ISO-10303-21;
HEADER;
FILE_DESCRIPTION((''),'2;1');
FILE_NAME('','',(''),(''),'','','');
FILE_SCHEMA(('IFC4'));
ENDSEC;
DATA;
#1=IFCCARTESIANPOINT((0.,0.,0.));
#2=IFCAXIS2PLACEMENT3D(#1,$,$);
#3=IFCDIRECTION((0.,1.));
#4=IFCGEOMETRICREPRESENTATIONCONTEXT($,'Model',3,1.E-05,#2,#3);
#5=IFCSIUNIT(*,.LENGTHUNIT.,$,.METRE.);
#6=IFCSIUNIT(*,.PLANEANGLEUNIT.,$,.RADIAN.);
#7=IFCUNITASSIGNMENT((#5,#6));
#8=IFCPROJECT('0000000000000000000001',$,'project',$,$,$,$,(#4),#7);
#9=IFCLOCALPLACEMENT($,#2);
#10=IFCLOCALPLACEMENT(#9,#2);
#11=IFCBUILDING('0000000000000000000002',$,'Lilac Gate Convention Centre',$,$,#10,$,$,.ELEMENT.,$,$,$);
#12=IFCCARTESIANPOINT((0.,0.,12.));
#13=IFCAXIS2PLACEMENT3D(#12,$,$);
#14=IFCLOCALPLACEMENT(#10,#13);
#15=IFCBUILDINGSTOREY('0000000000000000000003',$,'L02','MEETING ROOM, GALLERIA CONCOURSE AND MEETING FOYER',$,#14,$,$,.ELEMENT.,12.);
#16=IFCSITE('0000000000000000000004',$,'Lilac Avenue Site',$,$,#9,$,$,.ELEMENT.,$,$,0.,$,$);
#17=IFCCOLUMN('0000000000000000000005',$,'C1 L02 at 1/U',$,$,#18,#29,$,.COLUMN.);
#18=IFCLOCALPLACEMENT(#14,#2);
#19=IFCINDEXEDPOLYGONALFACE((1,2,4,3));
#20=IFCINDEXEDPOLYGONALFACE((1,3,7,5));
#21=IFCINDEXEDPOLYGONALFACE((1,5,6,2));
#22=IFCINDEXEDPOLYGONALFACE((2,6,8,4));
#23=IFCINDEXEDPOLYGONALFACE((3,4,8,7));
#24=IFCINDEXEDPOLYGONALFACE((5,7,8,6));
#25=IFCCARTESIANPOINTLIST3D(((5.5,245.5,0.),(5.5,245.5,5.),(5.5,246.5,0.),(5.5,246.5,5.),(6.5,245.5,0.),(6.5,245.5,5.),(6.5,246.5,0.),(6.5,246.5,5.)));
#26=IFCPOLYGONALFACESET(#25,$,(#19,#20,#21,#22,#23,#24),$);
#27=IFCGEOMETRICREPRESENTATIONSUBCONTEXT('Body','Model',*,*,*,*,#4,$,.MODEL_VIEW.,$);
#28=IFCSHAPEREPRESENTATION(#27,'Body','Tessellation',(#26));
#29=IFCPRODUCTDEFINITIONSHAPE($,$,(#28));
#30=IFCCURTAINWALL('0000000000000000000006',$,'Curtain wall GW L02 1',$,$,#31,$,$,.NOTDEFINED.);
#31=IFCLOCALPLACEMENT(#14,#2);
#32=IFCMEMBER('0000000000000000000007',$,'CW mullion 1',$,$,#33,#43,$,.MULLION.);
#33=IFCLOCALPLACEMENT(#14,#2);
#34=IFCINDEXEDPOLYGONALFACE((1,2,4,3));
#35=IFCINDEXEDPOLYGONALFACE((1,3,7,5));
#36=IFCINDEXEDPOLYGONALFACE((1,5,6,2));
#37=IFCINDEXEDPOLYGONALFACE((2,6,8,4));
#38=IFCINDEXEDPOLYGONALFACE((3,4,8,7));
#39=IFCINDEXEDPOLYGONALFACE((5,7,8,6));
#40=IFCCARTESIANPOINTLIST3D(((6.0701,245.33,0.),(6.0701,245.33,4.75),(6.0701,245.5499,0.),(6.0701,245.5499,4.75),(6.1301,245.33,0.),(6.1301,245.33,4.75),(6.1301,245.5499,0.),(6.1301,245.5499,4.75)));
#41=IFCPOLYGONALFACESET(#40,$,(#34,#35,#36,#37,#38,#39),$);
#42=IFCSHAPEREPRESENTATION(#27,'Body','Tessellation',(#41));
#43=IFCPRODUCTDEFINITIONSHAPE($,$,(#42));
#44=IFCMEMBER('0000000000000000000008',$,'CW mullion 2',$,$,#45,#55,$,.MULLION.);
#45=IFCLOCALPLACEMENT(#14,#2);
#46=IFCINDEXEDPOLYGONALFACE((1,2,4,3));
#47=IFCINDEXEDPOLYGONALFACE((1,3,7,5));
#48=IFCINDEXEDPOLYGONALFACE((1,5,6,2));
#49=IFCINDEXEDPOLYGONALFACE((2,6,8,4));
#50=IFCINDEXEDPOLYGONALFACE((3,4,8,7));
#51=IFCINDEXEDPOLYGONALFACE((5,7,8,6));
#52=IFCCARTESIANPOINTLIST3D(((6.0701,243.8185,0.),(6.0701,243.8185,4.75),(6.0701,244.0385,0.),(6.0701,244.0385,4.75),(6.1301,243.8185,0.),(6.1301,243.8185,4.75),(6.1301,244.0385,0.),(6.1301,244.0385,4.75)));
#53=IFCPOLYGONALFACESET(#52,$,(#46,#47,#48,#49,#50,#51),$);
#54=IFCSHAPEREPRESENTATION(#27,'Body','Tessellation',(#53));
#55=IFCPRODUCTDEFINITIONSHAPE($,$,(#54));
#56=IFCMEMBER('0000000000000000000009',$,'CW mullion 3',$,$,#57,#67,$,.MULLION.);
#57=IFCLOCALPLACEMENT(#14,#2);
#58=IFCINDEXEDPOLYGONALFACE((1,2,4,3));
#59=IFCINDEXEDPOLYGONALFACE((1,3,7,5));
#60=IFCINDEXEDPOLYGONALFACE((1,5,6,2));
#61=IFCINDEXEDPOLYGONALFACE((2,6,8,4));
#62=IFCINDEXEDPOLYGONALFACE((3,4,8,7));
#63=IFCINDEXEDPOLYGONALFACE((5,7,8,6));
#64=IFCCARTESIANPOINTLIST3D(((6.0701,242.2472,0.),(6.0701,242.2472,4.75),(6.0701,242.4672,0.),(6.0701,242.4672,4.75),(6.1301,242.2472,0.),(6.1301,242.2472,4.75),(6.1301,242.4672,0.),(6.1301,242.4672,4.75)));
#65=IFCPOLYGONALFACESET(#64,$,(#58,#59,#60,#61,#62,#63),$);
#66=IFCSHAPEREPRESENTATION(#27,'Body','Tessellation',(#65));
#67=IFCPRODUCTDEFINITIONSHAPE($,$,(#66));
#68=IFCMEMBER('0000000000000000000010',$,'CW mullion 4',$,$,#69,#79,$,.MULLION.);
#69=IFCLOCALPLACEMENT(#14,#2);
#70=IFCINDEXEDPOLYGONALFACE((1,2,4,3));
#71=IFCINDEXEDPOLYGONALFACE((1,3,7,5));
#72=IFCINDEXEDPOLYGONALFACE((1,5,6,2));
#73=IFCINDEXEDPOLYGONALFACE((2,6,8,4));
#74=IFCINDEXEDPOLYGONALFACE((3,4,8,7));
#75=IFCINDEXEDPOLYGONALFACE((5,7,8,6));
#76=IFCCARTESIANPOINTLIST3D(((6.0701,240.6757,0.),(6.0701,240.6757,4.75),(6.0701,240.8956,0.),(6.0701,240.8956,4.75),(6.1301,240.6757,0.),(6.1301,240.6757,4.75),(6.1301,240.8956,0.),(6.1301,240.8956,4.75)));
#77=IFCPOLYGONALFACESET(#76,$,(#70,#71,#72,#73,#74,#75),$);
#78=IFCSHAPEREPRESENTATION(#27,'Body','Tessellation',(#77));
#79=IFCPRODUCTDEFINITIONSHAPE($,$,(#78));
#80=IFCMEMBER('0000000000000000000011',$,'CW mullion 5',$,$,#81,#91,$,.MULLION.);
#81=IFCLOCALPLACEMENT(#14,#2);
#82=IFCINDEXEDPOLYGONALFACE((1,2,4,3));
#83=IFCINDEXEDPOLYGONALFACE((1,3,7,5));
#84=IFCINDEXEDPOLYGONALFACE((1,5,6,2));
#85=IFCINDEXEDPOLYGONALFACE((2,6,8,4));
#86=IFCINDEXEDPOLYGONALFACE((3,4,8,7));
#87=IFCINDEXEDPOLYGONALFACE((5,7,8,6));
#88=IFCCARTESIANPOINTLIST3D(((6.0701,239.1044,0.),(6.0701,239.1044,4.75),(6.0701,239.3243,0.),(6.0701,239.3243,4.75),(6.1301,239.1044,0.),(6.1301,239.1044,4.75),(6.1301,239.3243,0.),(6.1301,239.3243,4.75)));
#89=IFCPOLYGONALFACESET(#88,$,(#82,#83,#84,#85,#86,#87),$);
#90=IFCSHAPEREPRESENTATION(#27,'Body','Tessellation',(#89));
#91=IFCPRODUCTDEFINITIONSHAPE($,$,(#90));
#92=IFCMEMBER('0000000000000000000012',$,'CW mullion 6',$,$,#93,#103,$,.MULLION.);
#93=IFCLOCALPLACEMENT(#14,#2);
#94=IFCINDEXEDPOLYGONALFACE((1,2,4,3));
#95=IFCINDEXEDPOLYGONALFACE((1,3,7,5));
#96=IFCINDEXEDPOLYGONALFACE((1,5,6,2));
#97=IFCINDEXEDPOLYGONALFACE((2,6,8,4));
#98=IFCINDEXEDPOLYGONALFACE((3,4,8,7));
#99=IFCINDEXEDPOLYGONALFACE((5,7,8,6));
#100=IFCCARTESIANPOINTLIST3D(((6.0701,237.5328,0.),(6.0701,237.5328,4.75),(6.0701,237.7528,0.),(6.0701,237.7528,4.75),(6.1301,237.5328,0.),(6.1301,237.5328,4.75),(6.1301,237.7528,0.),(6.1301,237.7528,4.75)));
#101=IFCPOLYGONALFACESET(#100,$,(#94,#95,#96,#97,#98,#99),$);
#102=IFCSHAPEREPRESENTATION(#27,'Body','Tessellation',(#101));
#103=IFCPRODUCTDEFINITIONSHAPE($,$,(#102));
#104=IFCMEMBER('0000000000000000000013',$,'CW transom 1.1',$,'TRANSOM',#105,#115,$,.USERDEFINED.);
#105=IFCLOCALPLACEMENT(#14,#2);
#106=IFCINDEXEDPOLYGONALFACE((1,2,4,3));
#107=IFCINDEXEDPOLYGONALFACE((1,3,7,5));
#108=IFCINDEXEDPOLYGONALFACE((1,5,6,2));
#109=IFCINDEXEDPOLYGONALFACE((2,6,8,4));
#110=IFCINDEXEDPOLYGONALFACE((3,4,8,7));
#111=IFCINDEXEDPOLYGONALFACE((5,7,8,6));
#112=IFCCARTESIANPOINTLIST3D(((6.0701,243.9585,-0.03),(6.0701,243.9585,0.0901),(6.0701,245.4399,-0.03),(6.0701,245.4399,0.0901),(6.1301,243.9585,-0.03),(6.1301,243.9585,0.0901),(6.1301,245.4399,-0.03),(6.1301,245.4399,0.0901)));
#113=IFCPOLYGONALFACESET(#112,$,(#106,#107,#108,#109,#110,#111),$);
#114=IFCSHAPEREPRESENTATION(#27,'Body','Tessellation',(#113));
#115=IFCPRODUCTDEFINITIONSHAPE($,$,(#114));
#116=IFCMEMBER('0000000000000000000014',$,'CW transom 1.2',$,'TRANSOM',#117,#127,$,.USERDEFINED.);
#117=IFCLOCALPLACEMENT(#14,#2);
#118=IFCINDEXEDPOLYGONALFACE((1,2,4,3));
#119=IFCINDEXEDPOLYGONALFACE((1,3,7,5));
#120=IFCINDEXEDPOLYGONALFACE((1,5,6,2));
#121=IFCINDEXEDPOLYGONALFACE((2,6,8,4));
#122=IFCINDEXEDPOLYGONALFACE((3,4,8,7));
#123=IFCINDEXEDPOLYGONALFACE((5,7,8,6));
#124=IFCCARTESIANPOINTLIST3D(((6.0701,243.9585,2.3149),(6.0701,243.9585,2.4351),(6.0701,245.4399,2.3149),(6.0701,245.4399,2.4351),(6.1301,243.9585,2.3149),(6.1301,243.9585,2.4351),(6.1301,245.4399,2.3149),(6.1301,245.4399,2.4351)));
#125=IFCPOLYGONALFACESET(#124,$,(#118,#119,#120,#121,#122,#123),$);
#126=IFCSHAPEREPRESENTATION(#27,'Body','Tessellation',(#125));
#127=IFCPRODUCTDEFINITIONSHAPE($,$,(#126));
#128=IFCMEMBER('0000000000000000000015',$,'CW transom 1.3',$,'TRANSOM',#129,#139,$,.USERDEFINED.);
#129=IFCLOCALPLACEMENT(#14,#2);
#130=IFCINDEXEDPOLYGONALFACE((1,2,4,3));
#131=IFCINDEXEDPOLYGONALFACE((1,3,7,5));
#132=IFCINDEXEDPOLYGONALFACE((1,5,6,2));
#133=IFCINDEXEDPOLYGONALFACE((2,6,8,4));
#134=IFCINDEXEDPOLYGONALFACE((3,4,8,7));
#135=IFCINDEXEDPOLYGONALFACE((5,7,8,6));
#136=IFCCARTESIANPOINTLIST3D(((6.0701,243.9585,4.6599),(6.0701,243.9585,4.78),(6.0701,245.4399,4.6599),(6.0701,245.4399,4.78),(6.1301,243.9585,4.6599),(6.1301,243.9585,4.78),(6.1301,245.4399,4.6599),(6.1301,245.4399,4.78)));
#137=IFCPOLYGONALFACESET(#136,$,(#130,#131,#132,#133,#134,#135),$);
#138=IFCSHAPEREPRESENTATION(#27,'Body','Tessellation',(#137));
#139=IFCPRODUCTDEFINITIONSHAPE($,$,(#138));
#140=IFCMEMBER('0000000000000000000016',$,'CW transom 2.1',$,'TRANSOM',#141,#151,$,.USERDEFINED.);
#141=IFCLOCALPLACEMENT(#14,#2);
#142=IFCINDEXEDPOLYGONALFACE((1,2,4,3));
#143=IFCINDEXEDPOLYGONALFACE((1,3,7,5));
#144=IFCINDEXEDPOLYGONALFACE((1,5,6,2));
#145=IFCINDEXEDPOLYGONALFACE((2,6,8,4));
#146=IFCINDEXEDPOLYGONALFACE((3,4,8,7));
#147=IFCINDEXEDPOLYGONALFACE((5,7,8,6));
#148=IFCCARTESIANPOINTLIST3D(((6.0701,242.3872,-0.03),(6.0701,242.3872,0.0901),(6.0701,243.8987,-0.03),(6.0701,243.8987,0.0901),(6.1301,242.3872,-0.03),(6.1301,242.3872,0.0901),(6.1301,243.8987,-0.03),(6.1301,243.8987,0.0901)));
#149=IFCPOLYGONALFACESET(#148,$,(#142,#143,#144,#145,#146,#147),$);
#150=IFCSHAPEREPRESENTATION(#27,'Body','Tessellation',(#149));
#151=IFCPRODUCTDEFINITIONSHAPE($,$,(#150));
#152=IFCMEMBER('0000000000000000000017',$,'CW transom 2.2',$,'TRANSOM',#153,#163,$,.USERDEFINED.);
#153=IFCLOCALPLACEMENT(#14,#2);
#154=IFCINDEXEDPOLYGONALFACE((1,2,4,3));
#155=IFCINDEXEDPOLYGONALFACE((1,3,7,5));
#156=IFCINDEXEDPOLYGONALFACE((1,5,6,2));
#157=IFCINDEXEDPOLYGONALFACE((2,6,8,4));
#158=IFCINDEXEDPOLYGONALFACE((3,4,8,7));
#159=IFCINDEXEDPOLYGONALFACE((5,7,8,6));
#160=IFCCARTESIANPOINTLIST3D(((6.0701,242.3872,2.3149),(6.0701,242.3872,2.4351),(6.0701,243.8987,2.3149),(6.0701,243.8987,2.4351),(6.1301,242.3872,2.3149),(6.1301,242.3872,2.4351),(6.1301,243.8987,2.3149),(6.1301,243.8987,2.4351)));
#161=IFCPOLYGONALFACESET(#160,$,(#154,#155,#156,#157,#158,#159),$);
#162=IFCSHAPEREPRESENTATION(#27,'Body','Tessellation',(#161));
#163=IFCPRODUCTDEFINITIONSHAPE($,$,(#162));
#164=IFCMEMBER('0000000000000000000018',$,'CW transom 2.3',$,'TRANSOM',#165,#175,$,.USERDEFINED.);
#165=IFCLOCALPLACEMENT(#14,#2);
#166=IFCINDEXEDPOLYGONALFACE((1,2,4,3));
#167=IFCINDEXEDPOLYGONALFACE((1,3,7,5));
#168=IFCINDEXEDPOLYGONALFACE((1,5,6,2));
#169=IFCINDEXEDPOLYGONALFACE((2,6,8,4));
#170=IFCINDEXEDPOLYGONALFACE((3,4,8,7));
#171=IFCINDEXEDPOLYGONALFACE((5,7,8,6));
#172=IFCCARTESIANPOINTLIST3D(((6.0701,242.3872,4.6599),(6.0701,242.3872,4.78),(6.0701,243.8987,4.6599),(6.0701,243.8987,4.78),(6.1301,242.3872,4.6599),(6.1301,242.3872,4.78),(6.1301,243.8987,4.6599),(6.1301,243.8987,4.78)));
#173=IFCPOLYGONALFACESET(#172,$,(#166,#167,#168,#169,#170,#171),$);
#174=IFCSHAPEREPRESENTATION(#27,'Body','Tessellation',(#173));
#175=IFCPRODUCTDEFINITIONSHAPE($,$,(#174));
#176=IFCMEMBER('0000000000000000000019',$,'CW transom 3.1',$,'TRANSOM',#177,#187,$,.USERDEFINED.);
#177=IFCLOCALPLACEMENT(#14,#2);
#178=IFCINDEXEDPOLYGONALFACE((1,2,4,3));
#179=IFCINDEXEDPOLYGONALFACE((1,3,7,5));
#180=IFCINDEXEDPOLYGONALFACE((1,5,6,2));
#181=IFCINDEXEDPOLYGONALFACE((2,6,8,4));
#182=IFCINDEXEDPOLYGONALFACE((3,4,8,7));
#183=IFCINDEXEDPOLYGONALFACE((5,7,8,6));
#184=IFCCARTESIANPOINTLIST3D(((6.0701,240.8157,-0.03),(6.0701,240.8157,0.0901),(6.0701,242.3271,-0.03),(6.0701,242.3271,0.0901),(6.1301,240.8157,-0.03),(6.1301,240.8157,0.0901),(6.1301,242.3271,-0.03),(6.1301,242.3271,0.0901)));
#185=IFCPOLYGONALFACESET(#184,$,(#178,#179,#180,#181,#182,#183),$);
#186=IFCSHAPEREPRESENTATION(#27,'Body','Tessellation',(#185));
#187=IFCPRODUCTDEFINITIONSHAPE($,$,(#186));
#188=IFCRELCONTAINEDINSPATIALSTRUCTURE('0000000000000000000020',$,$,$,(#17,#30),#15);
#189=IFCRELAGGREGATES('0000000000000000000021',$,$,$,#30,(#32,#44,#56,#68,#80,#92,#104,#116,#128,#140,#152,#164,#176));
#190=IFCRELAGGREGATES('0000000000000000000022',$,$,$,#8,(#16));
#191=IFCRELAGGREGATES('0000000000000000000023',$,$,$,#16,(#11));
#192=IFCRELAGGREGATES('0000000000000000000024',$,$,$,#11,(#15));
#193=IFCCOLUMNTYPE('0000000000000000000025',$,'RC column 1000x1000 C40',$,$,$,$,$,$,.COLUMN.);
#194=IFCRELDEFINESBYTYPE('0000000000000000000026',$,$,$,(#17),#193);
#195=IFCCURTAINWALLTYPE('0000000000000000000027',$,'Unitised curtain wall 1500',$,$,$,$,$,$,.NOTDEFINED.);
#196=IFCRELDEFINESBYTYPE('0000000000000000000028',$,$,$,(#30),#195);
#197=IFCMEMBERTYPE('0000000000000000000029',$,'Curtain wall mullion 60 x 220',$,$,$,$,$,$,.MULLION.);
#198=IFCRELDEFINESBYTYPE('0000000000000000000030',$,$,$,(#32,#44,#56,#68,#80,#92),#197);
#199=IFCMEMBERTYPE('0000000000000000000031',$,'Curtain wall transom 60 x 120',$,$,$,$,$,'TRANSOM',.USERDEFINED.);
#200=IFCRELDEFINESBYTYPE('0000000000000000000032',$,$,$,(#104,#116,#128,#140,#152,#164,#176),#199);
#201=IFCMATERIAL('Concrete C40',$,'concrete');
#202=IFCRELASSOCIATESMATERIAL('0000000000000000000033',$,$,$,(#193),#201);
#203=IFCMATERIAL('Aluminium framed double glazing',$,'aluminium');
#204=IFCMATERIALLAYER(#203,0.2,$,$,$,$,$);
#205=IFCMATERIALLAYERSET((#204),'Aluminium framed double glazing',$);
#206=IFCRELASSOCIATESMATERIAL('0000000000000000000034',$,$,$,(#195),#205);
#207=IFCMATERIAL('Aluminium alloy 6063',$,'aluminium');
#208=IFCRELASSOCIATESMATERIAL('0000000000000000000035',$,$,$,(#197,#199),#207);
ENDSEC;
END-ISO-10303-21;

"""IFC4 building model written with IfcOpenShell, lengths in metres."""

from ifc_helpers import new_model, si_unit, direction, frame, origin, origin_2d, place, context, subcontext, project, spatial, rectangle, extrude, material, layer, layer_set, material_profile, profile_set, type_object, element, aggregate, save


model = new_model("IFC4")

# Units and contexts
model_context = context("Model", 3, precision=1e-05, world=origin(), true_north=direction((0.0, 1.0)))
body_context = subcontext(model_context, "Body", "Model", "MODEL_VIEW")
ifc_project = project(units=[si_unit("LENGTHUNIT", "METRE"), si_unit("PLANEANGLEUNIT", "RADIAN")], contexts=[model_context])

# Site, building, storey
site_placement = place(None, origin())
site = spatial("IfcSite", under=ifc_project, at=site_placement, Name="Lilac Avenue Site", CompositionType="ELEMENT", RefElevation=0.0)
building_placement = place(site_placement, origin())
building = spatial("IfcBuilding", under=site, at=building_placement, Name="Lilac Gate Convention Centre", CompositionType="ELEMENT")
storey_placement = place(building_placement, frame((0.0, 0.0, 12.0)))
storey = spatial("IfcBuildingStorey", under=building, at=storey_placement, Name="L02", Description="MEETING ROOM, GALLERIA CONCOURSE AND MEETING FOYER", CompositionType="ELEMENT", Elevation=12.0)

# Column
ifc_material_1 = material(Name="Concrete C40", Category="concrete")
ifc_material_profile_1 = material_profile(ifc_material_1, rectangle(XDim=1.0, YDim=1.0, at=origin_2d()), Name="RC 1000x1000")
ifc_profile_set_1 = profile_set([ifc_material_profile_1], Name="Concrete C40")
column_type = type_object("IfcColumnType", Name="RC column 1000x1000 C40", PredefinedType="COLUMN", material=ifc_profile_set_1)
column_placement = place(storey_placement, frame((6.0, 246.0, 0.0), z_axis=(0.0, 0.0, 1.0), x_axis=(1.0, 0.0, 0.0)))
element("IfcColumn", 1, at=column_placement, inside=storey, type_object=column_type, Name="C1 L02 at 1/U", PredefinedType="COLUMN", context=body_context, shape_type="SweptSolid", body=[
    extrude(rectangle(XDim=1.0, YDim=1.0, at=origin_2d()), origin(), (0.0, 0.0, 1.0), 5.0),
])

# Curtain wall, members
ifc_material_2 = material(Name="Aluminium framed double glazing", Category="aluminium")
ifc_layer_1 = layer(ifc_material_2, 0.2)
ifc_layer_set_1 = layer_set([ifc_layer_1], Name="Aluminium framed double glazing")
curtain_wall_type = type_object("IfcCurtainWallType", Name="Unitised curtain wall 1500", PredefinedType="NOTDEFINED", material=ifc_layer_set_1)
curtain_wall_placement = place(storey_placement, origin())
curtain_wall = element("IfcCurtainWall", 2, at=curtain_wall_placement, inside=storey, type_object=curtain_wall_type, Name="Curtain wall GW L02 1", PredefinedType="NOTDEFINED")
ifc_material_3 = material(Name="Aluminium alloy 6063", Category="aluminium")
ifc_material_profile_2 = material_profile(ifc_material_3, rectangle(XDim=0.0601, YDim=0.22, at=origin_2d()), Name="Curtain wall mullion 60 x 220")
ifc_profile_set_2 = profile_set([ifc_material_profile_2], Name="Aluminium alloy 6063")
member_type_1 = type_object("IfcMemberType", Name="Curtain wall mullion 60 x 220", PredefinedType="MULLION", material=ifc_profile_set_2)
member_1_placement = place(storey_placement, frame((6.1001, 245.4399, 0.0), z_axis=(0.0, 0.0, 1.0), x_axis=(1.0, 0.0, 0.0)))
member_1 = element("IfcMember", 3, at=member_1_placement, type_object=member_type_1, Name="CW mullion 1", PredefinedType="MULLION", context=body_context, shape_type="SweptSolid", body=[
    extrude(rectangle(XDim=0.0601, YDim=0.22, at=origin_2d()), origin(), (0.0, 0.0, 1.0), 4.75),
])
member_2_placement = place(storey_placement, frame((6.1001, 243.9285, 0.0), z_axis=(0.0, 0.0, 1.0), x_axis=(1.0, 0.0, 0.0)))
member_2 = element("IfcMember", 4, at=member_2_placement, type_object=member_type_1, Name="CW mullion 2", PredefinedType="MULLION", context=body_context, shape_type="SweptSolid", body=[
    extrude(rectangle(XDim=0.0601, YDim=0.22, at=origin_2d()), origin(), (0.0, 0.0, 1.0), 4.75),
])
member_3_placement = place(storey_placement, frame((6.1001, 242.3572, 0.0), z_axis=(0.0, 0.0, 1.0), x_axis=(1.0, 0.0, 0.0)))
member_3 = element("IfcMember", 5, at=member_3_placement, type_object=member_type_1, Name="CW mullion 3", PredefinedType="MULLION", context=body_context, shape_type="SweptSolid", body=[
    extrude(rectangle(XDim=0.0601, YDim=0.22, at=origin_2d()), origin(), (0.0, 0.0, 1.0), 4.75),
])
member_4_placement = place(storey_placement, frame((6.1001, 240.7856, 0.0), z_axis=(0.0, 0.0, 1.0), x_axis=(1.0, 0.0, 0.0)))
member_4 = element("IfcMember", 6, at=member_4_placement, type_object=member_type_1, Name="CW mullion 4", PredefinedType="MULLION", context=body_context, shape_type="SweptSolid", body=[
    extrude(rectangle(XDim=0.0601, YDim=0.22, at=origin_2d()), origin(), (0.0, 0.0, 1.0), 4.75),
])
member_5_placement = place(storey_placement, frame((6.1001, 239.2144, 0.0), z_axis=(0.0, 0.0, 1.0), x_axis=(1.0, 0.0, 0.0)))
member_5 = element("IfcMember", 7, at=member_5_placement, type_object=member_type_1, Name="CW mullion 5", PredefinedType="MULLION", context=body_context, shape_type="SweptSolid", body=[
    extrude(rectangle(XDim=0.0601, YDim=0.22, at=origin_2d()), origin(), (0.0, 0.0, 1.0), 4.75),
])
member_6_placement = place(storey_placement, frame((6.1001, 237.6428, 0.0), z_axis=(0.0, 0.0, 1.0), x_axis=(1.0, 0.0, 0.0)))
member_6 = element("IfcMember", 8, at=member_6_placement, type_object=member_type_1, Name="CW mullion 6", PredefinedType="MULLION", context=body_context, shape_type="SweptSolid", body=[
    extrude(rectangle(XDim=0.0601, YDim=0.22, at=origin_2d()), origin(), (0.0, 0.0, 1.0), 4.75),
])
ifc_material_profile_3 = material_profile(ifc_material_3, rectangle(XDim=0.0601, YDim=0.1201, at=origin_2d()), Name="Curtain wall transom 60 x 120")
ifc_profile_set_3 = profile_set([ifc_material_profile_3], Name="Aluminium alloy 6063")
member_type_2 = type_object("IfcMemberType", Name="Curtain wall transom 60 x 120", ElementType="TRANSOM", PredefinedType="USERDEFINED", material=ifc_profile_set_3)
member_7_placement = place(storey_placement, frame((6.1001, 245.4399, 0.03), z_axis=(0.0, -1.0, 0.0), x_axis=(1.0, 0.0, 0.0)))
member_7 = element("IfcMember", 9, at=member_7_placement, type_object=member_type_2, Name="CW transom 1.1", ObjectType="TRANSOM", PredefinedType="USERDEFINED", context=body_context, shape_type="SweptSolid", body=[
    extrude(rectangle(XDim=0.0601, YDim=0.1201, at=origin_2d()), origin(), (0.0, 0.0, 1.0), 1.4814),
])
member_8_placement = place(storey_placement, frame((6.1001, 245.4399, 2.375), z_axis=(0.0, -1.0, 0.0), x_axis=(1.0, 0.0, 0.0)))
member_8 = element("IfcMember", 10, at=member_8_placement, type_object=member_type_2, Name="CW transom 1.2", ObjectType="TRANSOM", PredefinedType="USERDEFINED", context=body_context, shape_type="SweptSolid", body=[
    extrude(rectangle(XDim=0.0601, YDim=0.1201, at=origin_2d()), origin(), (0.0, 0.0, 1.0), 1.4814),
])
member_9_placement = place(storey_placement, frame((6.1001, 245.4399, 4.72), z_axis=(0.0, -1.0, 0.0), x_axis=(1.0, 0.0, 0.0)))
member_9 = element("IfcMember", 11, at=member_9_placement, type_object=member_type_2, Name="CW transom 1.3", ObjectType="TRANSOM", PredefinedType="USERDEFINED", context=body_context, shape_type="SweptSolid", body=[
    extrude(rectangle(XDim=0.0601, YDim=0.1201, at=origin_2d()), origin(), (0.0, 0.0, 1.0), 1.4814),
])
member_10_placement = place(storey_placement, frame((6.1001, 243.8987, 0.03), z_axis=(0.0, -1.0, 0.0), x_axis=(1.0, 0.0, 0.0)))
member_10 = element("IfcMember", 12, at=member_10_placement, type_object=member_type_2, Name="CW transom 2.1", ObjectType="TRANSOM", PredefinedType="USERDEFINED", context=body_context, shape_type="SweptSolid", body=[
    extrude(rectangle(XDim=0.0601, YDim=0.1201, at=origin_2d()), origin(), (0.0, 0.0, 1.0), 1.5115),
])
member_11_placement = place(storey_placement, frame((6.1001, 243.8987, 2.375), z_axis=(0.0, -1.0, 0.0), x_axis=(1.0, 0.0, 0.0)))
member_11 = element("IfcMember", 13, at=member_11_placement, type_object=member_type_2, Name="CW transom 2.2", ObjectType="TRANSOM", PredefinedType="USERDEFINED", context=body_context, shape_type="SweptSolid", body=[
    extrude(rectangle(XDim=0.0601, YDim=0.1201, at=origin_2d()), origin(), (0.0, 0.0, 1.0), 1.5115),
])
member_12_placement = place(storey_placement, frame((6.1001, 243.8987, 4.72), z_axis=(0.0, -1.0, 0.0), x_axis=(1.0, 0.0, 0.0)))
member_12 = element("IfcMember", 14, at=member_12_placement, type_object=member_type_2, Name="CW transom 2.3", ObjectType="TRANSOM", PredefinedType="USERDEFINED", context=body_context, shape_type="SweptSolid", body=[
    extrude(rectangle(XDim=0.0601, YDim=0.1201, at=origin_2d()), origin(), (0.0, 0.0, 1.0), 1.5115),
])
member_13_placement = place(storey_placement, frame((6.1001, 242.3271, 0.03), z_axis=(0.0, -1.0, 0.0), x_axis=(1.0, 0.0, 0.0)))
member_13 = element("IfcMember", 15, at=member_13_placement, type_object=member_type_2, Name="CW transom 3.1", ObjectType="TRANSOM", PredefinedType="USERDEFINED", context=body_context, shape_type="SweptSolid", body=[
    extrude(rectangle(XDim=0.0601, YDim=0.1201, at=origin_2d()), origin(), (0.0, 0.0, 1.0), 1.5115),
])
aggregate(curtain_wall, [member_1, member_2, member_3, member_4, member_5, member_6, member_7, member_8, member_9, member_10, member_11, member_12, member_13])

save(model, "model.ifc")
